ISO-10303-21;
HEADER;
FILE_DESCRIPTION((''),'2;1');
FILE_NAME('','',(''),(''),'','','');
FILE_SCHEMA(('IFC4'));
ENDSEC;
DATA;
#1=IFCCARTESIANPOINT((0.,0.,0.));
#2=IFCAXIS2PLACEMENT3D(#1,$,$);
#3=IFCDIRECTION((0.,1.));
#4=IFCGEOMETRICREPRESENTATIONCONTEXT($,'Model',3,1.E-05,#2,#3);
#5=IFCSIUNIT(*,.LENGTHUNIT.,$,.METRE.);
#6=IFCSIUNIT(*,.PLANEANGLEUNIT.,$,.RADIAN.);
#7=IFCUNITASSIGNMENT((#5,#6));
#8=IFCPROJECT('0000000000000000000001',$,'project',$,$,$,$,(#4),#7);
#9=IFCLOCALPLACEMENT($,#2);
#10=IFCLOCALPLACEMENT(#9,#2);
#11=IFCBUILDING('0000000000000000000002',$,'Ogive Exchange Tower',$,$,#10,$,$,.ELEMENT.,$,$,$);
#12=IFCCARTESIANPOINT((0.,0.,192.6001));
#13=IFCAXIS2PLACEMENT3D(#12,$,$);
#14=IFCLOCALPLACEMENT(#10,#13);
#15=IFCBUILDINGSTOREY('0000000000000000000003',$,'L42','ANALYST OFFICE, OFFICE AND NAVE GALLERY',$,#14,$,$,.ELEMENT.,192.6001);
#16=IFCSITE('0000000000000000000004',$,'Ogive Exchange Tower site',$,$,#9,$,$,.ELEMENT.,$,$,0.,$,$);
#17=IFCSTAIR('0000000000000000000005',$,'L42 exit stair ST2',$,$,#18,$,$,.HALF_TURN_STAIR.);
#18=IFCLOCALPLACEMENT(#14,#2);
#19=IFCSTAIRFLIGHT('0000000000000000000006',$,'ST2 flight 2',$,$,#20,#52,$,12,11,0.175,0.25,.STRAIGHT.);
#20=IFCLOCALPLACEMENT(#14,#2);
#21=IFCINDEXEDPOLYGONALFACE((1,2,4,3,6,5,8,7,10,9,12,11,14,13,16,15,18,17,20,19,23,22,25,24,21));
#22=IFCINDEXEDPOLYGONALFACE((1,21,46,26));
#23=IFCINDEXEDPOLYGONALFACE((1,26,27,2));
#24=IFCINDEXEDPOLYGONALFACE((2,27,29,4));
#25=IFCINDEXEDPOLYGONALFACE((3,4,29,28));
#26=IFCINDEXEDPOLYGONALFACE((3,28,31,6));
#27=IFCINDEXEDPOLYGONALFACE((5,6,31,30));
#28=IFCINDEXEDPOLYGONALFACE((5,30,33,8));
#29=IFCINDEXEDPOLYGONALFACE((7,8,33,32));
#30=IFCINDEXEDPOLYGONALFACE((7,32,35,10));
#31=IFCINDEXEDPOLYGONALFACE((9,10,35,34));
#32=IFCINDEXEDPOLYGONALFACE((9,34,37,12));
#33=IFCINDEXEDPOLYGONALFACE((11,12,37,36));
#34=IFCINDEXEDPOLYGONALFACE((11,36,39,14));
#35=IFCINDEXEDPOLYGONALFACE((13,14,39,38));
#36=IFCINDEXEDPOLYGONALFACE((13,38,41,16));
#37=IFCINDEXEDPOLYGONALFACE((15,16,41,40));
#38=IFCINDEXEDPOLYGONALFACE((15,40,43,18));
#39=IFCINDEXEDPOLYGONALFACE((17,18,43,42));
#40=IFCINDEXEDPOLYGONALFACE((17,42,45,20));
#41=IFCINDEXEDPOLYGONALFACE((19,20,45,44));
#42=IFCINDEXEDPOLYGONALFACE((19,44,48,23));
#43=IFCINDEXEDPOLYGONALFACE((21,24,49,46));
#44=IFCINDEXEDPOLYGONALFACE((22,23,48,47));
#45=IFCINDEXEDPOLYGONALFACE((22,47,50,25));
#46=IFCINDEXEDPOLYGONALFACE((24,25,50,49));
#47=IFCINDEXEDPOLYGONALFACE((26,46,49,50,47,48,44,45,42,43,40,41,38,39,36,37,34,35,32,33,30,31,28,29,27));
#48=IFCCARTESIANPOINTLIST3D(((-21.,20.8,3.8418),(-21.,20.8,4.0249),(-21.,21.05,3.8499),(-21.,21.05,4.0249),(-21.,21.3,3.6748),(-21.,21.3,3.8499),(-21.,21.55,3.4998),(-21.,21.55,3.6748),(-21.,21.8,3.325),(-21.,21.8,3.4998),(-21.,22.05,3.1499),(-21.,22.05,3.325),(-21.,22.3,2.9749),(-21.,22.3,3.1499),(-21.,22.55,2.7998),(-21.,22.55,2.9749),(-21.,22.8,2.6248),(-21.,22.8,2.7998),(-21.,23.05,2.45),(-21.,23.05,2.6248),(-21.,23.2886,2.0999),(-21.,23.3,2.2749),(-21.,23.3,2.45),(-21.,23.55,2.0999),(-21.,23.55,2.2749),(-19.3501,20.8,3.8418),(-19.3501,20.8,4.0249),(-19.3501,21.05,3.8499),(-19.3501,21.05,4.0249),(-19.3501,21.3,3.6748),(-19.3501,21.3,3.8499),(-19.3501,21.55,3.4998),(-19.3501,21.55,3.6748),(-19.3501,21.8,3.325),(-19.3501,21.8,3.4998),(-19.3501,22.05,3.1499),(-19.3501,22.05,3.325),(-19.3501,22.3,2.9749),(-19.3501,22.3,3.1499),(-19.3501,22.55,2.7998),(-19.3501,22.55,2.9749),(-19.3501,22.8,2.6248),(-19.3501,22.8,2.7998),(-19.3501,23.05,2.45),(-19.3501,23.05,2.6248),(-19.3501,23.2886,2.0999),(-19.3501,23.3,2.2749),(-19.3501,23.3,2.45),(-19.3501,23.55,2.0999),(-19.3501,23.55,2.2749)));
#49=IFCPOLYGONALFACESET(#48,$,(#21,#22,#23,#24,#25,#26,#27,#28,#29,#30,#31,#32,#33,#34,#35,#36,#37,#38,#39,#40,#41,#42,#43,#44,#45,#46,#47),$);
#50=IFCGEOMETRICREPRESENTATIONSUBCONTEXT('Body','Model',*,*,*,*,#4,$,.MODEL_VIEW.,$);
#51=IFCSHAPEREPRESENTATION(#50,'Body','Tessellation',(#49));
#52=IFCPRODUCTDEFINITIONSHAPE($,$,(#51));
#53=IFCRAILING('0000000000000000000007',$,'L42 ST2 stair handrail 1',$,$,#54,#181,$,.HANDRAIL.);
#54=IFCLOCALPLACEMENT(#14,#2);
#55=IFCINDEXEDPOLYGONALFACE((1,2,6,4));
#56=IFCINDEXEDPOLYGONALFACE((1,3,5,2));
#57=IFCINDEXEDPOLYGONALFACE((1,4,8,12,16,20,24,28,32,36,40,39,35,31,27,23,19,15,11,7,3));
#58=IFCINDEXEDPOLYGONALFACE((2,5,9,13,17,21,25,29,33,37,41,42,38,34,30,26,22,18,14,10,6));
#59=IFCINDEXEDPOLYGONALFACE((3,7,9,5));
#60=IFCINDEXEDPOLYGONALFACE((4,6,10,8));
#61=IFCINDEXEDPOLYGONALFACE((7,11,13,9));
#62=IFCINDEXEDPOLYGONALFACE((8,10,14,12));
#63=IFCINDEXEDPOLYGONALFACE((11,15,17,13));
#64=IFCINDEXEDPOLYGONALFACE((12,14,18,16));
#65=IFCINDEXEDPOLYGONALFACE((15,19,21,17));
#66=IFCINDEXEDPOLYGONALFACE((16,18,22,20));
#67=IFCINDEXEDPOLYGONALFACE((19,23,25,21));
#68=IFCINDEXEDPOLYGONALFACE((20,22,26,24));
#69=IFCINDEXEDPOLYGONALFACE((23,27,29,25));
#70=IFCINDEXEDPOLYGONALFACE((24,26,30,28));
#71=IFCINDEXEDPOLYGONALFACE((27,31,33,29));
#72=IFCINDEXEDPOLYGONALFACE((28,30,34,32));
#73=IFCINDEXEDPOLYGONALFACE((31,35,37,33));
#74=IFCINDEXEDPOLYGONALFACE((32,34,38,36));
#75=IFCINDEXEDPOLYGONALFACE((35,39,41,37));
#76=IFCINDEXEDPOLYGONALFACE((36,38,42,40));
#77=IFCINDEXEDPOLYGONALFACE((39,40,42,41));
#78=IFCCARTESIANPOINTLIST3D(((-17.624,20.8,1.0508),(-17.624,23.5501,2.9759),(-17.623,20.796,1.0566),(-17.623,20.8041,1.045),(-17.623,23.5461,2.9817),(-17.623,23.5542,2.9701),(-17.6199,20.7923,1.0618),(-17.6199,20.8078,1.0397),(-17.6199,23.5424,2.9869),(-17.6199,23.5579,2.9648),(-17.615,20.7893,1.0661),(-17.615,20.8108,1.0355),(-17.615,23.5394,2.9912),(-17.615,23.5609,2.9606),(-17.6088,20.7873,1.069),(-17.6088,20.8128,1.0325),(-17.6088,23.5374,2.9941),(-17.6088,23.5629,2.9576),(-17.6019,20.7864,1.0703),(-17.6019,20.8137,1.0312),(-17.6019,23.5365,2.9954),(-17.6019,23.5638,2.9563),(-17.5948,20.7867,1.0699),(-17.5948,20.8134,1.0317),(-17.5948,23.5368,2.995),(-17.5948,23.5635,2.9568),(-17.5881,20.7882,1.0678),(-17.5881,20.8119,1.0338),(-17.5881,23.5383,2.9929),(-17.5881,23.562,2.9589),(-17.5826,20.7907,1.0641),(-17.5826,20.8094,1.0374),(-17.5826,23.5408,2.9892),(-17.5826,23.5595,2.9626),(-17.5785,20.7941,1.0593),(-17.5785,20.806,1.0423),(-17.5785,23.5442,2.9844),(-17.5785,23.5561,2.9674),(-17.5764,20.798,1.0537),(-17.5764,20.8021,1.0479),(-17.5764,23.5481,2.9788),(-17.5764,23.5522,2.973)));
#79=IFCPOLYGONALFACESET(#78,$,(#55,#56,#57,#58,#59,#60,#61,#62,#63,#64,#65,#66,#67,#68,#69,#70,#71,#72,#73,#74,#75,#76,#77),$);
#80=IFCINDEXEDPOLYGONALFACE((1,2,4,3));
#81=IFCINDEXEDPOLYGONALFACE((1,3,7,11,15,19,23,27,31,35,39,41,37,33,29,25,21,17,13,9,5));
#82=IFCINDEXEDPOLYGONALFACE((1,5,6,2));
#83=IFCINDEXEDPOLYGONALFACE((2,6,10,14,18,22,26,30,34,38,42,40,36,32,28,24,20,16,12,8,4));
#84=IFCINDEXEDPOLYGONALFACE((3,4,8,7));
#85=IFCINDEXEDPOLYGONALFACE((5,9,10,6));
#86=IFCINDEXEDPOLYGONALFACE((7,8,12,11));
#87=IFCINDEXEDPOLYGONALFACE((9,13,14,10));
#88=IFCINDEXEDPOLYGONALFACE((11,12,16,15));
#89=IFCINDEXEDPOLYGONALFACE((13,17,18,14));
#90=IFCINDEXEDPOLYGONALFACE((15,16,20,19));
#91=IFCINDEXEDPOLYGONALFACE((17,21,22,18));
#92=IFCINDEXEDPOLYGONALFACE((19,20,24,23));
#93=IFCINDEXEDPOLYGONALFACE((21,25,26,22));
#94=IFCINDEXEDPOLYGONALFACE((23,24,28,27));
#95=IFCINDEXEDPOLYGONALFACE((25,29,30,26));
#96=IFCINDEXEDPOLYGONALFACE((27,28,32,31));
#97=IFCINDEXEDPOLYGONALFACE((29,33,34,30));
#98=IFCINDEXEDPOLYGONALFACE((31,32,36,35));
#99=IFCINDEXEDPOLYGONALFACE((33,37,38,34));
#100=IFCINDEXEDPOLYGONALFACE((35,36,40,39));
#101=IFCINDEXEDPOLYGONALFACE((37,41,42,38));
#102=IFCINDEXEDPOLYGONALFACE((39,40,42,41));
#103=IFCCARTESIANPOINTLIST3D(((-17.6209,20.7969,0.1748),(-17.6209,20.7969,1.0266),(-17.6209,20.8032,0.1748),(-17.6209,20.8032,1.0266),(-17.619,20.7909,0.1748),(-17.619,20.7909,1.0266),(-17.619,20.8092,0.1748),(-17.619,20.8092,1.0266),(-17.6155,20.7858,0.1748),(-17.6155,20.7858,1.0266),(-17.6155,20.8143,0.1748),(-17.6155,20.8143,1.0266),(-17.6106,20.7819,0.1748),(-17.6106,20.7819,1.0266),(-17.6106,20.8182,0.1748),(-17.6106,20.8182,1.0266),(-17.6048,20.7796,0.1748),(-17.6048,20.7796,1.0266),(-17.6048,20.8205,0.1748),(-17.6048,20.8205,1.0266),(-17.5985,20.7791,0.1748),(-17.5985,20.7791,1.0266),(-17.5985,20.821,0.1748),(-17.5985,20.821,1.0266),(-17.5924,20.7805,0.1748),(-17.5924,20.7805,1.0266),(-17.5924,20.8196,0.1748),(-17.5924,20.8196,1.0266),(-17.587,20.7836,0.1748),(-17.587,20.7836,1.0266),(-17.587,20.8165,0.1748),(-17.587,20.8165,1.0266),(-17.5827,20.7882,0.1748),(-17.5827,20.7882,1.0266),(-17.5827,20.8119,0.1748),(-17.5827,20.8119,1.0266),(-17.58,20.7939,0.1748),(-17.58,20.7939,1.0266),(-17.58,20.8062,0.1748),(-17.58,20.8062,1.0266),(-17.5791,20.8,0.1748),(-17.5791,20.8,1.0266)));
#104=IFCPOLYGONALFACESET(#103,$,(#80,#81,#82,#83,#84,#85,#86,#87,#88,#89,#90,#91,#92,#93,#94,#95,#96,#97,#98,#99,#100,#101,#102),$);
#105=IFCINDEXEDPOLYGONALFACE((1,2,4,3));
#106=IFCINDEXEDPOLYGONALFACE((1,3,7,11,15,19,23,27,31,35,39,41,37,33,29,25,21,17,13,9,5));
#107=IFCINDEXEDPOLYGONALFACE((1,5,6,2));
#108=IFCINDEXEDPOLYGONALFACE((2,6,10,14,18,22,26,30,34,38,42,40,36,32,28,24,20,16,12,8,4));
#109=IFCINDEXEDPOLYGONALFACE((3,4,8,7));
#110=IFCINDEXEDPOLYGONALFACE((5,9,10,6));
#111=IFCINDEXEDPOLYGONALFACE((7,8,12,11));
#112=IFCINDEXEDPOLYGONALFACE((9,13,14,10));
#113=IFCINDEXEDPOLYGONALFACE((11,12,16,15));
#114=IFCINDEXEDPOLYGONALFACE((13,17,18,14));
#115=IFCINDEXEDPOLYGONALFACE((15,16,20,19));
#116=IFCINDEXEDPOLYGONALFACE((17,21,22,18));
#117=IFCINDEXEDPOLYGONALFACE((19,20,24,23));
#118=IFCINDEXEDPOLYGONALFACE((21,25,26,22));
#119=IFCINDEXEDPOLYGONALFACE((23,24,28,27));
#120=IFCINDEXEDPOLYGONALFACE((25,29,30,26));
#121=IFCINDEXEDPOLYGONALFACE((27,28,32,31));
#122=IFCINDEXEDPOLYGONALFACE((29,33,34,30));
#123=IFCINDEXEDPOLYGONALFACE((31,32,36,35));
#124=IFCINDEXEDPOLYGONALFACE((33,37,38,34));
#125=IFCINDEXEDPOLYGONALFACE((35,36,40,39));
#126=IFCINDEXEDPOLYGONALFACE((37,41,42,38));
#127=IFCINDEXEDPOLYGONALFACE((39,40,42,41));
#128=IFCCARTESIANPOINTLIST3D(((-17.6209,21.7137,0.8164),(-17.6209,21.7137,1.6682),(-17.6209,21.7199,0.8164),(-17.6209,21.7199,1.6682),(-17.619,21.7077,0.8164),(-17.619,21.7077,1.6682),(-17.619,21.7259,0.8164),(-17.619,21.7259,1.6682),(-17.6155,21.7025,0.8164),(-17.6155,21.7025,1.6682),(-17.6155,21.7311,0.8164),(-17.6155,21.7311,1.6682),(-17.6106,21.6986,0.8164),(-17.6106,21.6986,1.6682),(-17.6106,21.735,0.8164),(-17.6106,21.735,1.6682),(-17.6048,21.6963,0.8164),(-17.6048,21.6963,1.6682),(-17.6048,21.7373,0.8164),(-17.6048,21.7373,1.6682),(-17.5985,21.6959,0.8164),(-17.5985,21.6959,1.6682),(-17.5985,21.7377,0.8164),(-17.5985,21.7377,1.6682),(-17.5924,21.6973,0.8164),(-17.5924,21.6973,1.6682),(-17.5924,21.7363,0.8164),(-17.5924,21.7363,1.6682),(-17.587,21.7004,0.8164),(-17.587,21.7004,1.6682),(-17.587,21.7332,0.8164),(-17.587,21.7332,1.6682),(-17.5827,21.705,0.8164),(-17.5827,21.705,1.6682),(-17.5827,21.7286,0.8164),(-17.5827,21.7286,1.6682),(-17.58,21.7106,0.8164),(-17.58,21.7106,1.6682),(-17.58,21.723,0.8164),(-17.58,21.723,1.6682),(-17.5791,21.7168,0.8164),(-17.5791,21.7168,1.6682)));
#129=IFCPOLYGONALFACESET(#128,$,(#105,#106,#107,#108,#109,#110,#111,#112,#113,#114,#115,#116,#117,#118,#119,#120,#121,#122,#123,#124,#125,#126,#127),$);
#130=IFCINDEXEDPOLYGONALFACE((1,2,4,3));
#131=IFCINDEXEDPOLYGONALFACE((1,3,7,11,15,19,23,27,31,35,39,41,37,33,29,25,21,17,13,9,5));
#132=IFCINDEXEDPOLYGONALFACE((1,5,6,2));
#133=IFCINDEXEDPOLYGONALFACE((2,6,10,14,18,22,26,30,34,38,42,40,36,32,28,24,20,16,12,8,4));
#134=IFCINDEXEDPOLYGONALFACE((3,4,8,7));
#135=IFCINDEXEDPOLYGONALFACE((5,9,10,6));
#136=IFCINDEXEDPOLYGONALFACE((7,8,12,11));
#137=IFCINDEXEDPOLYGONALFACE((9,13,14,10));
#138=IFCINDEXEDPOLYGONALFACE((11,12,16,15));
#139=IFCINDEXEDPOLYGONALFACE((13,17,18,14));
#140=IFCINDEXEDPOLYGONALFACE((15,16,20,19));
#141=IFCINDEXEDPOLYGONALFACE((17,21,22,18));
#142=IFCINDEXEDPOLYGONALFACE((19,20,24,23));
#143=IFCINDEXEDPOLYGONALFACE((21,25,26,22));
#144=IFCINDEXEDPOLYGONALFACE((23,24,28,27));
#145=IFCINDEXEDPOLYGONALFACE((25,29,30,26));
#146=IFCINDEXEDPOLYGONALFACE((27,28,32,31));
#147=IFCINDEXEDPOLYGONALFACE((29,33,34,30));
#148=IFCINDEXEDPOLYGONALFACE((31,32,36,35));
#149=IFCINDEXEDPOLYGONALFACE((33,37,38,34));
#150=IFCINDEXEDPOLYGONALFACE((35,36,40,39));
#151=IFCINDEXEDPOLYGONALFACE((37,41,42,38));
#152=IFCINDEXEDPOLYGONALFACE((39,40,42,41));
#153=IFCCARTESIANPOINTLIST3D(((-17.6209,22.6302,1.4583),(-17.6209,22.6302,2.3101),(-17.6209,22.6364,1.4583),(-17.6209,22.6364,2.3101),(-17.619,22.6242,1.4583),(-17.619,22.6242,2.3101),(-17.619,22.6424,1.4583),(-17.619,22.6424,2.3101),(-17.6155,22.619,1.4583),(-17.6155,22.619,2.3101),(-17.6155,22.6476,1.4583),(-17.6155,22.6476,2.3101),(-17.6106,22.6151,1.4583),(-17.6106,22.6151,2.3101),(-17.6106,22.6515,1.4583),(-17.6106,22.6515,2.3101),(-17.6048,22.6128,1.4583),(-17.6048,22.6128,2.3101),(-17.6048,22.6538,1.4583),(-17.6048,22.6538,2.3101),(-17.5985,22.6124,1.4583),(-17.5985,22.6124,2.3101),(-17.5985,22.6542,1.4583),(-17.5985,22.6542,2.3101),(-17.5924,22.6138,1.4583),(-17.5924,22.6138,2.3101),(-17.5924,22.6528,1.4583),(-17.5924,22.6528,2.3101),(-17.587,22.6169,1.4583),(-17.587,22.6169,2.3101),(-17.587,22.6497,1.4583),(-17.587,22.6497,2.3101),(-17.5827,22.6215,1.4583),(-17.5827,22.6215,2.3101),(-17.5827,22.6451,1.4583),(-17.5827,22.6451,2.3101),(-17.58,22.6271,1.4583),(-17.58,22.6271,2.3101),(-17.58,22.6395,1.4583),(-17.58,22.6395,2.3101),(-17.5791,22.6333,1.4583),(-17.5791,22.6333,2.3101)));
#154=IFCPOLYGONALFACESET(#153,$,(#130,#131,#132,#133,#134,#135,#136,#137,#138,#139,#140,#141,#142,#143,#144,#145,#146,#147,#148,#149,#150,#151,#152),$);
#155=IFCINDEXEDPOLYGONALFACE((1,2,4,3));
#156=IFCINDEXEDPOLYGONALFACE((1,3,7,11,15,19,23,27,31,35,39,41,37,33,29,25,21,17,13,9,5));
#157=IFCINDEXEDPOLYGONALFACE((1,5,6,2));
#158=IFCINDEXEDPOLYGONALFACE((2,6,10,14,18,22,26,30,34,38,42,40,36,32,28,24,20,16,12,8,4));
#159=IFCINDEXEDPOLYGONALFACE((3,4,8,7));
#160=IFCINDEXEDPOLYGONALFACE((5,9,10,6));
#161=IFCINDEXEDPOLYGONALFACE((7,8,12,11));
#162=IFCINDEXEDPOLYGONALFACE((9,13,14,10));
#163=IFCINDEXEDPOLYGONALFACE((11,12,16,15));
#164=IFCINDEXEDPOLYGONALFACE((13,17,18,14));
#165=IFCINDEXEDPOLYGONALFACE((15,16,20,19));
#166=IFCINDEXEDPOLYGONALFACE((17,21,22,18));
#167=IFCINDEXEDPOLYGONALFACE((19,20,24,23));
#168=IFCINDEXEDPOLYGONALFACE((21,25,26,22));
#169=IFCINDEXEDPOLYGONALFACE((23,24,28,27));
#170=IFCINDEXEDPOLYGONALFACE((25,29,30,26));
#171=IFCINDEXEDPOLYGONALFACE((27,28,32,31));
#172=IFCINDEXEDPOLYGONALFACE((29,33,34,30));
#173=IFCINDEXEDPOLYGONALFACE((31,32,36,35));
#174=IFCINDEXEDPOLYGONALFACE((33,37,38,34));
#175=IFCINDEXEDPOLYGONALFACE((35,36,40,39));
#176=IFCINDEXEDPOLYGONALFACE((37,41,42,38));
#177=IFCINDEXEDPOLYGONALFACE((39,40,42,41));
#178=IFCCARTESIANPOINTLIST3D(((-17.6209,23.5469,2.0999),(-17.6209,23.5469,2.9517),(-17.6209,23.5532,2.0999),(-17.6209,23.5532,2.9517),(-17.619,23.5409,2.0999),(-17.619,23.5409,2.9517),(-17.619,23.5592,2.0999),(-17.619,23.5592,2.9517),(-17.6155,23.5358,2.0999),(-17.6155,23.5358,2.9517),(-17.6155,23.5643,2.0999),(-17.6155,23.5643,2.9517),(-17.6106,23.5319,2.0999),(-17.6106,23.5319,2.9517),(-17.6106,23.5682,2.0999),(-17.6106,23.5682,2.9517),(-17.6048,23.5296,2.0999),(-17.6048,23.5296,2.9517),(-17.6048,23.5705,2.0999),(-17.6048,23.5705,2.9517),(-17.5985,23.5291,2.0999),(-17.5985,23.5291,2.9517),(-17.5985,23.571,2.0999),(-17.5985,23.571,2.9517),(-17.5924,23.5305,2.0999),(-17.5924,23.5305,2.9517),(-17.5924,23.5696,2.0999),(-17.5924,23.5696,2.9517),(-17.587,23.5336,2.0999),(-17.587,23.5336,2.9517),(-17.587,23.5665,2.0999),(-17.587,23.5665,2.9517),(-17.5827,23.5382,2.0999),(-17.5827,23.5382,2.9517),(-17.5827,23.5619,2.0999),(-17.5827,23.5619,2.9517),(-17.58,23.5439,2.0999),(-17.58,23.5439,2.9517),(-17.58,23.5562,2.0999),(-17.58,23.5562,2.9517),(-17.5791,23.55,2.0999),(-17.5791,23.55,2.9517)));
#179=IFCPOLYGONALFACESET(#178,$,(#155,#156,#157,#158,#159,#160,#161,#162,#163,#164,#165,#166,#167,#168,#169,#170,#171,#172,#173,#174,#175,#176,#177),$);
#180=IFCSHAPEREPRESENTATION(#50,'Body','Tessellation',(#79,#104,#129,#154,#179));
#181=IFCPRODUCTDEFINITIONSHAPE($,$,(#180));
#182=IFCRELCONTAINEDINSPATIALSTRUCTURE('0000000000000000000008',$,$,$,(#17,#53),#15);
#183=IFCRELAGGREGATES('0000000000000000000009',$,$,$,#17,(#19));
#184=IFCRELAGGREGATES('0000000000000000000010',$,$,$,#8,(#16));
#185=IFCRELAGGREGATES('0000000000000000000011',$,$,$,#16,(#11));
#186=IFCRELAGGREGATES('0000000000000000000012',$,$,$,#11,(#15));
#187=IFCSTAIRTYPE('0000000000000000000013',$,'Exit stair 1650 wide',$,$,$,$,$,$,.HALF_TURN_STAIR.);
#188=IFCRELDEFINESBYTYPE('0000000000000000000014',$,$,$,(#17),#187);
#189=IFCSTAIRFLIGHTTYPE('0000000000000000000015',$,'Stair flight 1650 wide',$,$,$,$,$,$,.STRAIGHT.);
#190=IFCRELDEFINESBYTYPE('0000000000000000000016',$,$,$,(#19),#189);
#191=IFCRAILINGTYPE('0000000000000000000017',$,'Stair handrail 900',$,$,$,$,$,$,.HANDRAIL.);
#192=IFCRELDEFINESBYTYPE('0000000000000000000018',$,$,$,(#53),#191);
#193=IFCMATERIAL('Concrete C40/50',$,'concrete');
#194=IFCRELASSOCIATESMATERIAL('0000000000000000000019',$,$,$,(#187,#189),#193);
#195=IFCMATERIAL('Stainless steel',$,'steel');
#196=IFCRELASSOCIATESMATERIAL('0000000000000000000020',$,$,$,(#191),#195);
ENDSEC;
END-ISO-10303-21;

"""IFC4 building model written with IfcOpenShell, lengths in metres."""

from ifc_helpers import new_model, si_unit, direction, frame, origin, origin_2d, place, context, subcontext, project, spatial, polyline, circle, outline, extrude, material, type_object, element, aggregate, save


model = new_model("IFC4")

# Units and contexts
model_context = context("Model", 3, precision=1e-05, world=origin(), true_north=direction((0.0, 1.0)))
body_context = subcontext(model_context, "Body", "Model", "MODEL_VIEW")
ifc_project = project(units=[si_unit("LENGTHUNIT", "METRE"), si_unit("PLANEANGLEUNIT", "RADIAN")], contexts=[model_context])

# Site, building, storey
site_placement = place(None, origin())
site = spatial("IfcSite", under=ifc_project, at=site_placement, Name="Ogive Exchange Tower site", CompositionType="ELEMENT", RefElevation=0.0)
building_placement = place(site_placement, origin())
building = spatial("IfcBuilding", under=site, at=building_placement, Name="Ogive Exchange Tower", CompositionType="ELEMENT")
storey_placement = place(building_placement, frame((0.0, 0.0, 192.6001)))
storey = spatial("IfcBuildingStorey", under=building, at=storey_placement, Name="L42", Description="ANALYST OFFICE, OFFICE AND NAVE GALLERY", CompositionType="ELEMENT", Elevation=192.6001)

# Stair, stair flight
ifc_material_1 = material(Name="Concrete C40/50", Category="concrete")
stair_type = type_object("IfcStairType", Name="Exit stair 1650 wide", PredefinedType="HALF_TURN_STAIR", material=ifc_material_1)
stair_placement = place(storey_placement, origin())
stair = element("IfcStair", 1, at=stair_placement, inside=storey, type_object=stair_type, Name="L42 exit stair ST2", PredefinedType="HALF_TURN_STAIR")
stair_flight_type = type_object("IfcStairFlightType", Name="Stair flight 1650 wide", PredefinedType="STRAIGHT", material=ifc_material_1)
stair_flight_1_placement = place(storey_placement, frame((-20.175, 23.55, 2.0999), z_axis=(0.0, 0.0, 1.0), x_axis=(0.0, -1.0, 0.0)))
stair_flight_1 = element("IfcStairFlight", 2, at=stair_flight_1_placement, type_object=stair_flight_type, Name="ST2 flight 2", NumberOfRisers=12, NumberOfTreads=11, PredefinedType="STRAIGHT", RiserHeight=0.175, TreadLength=0.25, context=body_context, shape_type="SweptSolid", body=[
    extrude(outline(polyline([(0.0, 0.0), (0.0, 0.175), (0.25, 0.175), (0.25, 0.3501), (0.5, 0.3501), (0.5, 0.5249), (0.75, 0.5249), (0.75, 0.7), (1.0, 0.7), (1.0, 0.875), (1.25, 0.875), (1.25, 1.05), (1.5, 1.05), (1.5, 1.2251), (1.75, 1.2251), (1.75, 1.3999), (2.0, 1.3999), (2.0, 1.575), (2.25, 1.575), (2.25, 1.75), (2.5, 1.75), (2.5, 1.925), (2.75, 1.925), (2.75, 2.1001), (2.75, 1.7419), (0.2615, 0.0), (0.0, 0.0)])), frame((0.0, 0.825, 0.0), z_axis=(0.0, -1.0, 0.0), x_axis=(1.0, 0.0, 0.0)), (0.0, 0.0, 1.0), 1.6499),
])
aggregate(stair, [stair_flight_1])

# Railing
ifc_material_2 = material(Name="Stainless steel", Category="steel")
railing_type = type_object("IfcRailingType", Name="Stair handrail 900", PredefinedType="HANDRAIL", material=ifc_material_2)
railing_placement = place(storey_placement, frame((-17.6001, 20.8, 0.1748)))
element("IfcRailing", 3, at=railing_placement, inside=storey, type_object=railing_type, Name="L42 ST2 stair handrail 1", PredefinedType="HANDRAIL", context=body_context, shape_type="SweptSolid", body=[
    extrude(circle(Radius=0.0239, at=origin_2d()), frame((0.0, 0.0, 0.876), z_axis=(0.0, 0.819225, 0.573472), x_axis=(-1.0, 0.0, 0.0)), (0.0, 0.0, 1.0), 3.3569),
    extrude(circle(Radius=0.021, at=origin_2d()), origin(), (0.0, 0.0, 1.0), 0.8518),
    extrude(circle(Radius=0.021, at=origin_2d()), frame((0.0, 0.9167, 0.6416)), (0.0, 0.0, 1.0), 0.8518),
    extrude(circle(Radius=0.021, at=origin_2d()), frame((0.0, 1.8333, 1.2834)), (0.0, 0.0, 1.0), 0.8518),
    extrude(circle(Radius=0.021, at=origin_2d()), frame((0.0, 2.75, 1.925)), (0.0, 0.0, 1.0), 0.8518),
])

save(model, "model.ifc")
